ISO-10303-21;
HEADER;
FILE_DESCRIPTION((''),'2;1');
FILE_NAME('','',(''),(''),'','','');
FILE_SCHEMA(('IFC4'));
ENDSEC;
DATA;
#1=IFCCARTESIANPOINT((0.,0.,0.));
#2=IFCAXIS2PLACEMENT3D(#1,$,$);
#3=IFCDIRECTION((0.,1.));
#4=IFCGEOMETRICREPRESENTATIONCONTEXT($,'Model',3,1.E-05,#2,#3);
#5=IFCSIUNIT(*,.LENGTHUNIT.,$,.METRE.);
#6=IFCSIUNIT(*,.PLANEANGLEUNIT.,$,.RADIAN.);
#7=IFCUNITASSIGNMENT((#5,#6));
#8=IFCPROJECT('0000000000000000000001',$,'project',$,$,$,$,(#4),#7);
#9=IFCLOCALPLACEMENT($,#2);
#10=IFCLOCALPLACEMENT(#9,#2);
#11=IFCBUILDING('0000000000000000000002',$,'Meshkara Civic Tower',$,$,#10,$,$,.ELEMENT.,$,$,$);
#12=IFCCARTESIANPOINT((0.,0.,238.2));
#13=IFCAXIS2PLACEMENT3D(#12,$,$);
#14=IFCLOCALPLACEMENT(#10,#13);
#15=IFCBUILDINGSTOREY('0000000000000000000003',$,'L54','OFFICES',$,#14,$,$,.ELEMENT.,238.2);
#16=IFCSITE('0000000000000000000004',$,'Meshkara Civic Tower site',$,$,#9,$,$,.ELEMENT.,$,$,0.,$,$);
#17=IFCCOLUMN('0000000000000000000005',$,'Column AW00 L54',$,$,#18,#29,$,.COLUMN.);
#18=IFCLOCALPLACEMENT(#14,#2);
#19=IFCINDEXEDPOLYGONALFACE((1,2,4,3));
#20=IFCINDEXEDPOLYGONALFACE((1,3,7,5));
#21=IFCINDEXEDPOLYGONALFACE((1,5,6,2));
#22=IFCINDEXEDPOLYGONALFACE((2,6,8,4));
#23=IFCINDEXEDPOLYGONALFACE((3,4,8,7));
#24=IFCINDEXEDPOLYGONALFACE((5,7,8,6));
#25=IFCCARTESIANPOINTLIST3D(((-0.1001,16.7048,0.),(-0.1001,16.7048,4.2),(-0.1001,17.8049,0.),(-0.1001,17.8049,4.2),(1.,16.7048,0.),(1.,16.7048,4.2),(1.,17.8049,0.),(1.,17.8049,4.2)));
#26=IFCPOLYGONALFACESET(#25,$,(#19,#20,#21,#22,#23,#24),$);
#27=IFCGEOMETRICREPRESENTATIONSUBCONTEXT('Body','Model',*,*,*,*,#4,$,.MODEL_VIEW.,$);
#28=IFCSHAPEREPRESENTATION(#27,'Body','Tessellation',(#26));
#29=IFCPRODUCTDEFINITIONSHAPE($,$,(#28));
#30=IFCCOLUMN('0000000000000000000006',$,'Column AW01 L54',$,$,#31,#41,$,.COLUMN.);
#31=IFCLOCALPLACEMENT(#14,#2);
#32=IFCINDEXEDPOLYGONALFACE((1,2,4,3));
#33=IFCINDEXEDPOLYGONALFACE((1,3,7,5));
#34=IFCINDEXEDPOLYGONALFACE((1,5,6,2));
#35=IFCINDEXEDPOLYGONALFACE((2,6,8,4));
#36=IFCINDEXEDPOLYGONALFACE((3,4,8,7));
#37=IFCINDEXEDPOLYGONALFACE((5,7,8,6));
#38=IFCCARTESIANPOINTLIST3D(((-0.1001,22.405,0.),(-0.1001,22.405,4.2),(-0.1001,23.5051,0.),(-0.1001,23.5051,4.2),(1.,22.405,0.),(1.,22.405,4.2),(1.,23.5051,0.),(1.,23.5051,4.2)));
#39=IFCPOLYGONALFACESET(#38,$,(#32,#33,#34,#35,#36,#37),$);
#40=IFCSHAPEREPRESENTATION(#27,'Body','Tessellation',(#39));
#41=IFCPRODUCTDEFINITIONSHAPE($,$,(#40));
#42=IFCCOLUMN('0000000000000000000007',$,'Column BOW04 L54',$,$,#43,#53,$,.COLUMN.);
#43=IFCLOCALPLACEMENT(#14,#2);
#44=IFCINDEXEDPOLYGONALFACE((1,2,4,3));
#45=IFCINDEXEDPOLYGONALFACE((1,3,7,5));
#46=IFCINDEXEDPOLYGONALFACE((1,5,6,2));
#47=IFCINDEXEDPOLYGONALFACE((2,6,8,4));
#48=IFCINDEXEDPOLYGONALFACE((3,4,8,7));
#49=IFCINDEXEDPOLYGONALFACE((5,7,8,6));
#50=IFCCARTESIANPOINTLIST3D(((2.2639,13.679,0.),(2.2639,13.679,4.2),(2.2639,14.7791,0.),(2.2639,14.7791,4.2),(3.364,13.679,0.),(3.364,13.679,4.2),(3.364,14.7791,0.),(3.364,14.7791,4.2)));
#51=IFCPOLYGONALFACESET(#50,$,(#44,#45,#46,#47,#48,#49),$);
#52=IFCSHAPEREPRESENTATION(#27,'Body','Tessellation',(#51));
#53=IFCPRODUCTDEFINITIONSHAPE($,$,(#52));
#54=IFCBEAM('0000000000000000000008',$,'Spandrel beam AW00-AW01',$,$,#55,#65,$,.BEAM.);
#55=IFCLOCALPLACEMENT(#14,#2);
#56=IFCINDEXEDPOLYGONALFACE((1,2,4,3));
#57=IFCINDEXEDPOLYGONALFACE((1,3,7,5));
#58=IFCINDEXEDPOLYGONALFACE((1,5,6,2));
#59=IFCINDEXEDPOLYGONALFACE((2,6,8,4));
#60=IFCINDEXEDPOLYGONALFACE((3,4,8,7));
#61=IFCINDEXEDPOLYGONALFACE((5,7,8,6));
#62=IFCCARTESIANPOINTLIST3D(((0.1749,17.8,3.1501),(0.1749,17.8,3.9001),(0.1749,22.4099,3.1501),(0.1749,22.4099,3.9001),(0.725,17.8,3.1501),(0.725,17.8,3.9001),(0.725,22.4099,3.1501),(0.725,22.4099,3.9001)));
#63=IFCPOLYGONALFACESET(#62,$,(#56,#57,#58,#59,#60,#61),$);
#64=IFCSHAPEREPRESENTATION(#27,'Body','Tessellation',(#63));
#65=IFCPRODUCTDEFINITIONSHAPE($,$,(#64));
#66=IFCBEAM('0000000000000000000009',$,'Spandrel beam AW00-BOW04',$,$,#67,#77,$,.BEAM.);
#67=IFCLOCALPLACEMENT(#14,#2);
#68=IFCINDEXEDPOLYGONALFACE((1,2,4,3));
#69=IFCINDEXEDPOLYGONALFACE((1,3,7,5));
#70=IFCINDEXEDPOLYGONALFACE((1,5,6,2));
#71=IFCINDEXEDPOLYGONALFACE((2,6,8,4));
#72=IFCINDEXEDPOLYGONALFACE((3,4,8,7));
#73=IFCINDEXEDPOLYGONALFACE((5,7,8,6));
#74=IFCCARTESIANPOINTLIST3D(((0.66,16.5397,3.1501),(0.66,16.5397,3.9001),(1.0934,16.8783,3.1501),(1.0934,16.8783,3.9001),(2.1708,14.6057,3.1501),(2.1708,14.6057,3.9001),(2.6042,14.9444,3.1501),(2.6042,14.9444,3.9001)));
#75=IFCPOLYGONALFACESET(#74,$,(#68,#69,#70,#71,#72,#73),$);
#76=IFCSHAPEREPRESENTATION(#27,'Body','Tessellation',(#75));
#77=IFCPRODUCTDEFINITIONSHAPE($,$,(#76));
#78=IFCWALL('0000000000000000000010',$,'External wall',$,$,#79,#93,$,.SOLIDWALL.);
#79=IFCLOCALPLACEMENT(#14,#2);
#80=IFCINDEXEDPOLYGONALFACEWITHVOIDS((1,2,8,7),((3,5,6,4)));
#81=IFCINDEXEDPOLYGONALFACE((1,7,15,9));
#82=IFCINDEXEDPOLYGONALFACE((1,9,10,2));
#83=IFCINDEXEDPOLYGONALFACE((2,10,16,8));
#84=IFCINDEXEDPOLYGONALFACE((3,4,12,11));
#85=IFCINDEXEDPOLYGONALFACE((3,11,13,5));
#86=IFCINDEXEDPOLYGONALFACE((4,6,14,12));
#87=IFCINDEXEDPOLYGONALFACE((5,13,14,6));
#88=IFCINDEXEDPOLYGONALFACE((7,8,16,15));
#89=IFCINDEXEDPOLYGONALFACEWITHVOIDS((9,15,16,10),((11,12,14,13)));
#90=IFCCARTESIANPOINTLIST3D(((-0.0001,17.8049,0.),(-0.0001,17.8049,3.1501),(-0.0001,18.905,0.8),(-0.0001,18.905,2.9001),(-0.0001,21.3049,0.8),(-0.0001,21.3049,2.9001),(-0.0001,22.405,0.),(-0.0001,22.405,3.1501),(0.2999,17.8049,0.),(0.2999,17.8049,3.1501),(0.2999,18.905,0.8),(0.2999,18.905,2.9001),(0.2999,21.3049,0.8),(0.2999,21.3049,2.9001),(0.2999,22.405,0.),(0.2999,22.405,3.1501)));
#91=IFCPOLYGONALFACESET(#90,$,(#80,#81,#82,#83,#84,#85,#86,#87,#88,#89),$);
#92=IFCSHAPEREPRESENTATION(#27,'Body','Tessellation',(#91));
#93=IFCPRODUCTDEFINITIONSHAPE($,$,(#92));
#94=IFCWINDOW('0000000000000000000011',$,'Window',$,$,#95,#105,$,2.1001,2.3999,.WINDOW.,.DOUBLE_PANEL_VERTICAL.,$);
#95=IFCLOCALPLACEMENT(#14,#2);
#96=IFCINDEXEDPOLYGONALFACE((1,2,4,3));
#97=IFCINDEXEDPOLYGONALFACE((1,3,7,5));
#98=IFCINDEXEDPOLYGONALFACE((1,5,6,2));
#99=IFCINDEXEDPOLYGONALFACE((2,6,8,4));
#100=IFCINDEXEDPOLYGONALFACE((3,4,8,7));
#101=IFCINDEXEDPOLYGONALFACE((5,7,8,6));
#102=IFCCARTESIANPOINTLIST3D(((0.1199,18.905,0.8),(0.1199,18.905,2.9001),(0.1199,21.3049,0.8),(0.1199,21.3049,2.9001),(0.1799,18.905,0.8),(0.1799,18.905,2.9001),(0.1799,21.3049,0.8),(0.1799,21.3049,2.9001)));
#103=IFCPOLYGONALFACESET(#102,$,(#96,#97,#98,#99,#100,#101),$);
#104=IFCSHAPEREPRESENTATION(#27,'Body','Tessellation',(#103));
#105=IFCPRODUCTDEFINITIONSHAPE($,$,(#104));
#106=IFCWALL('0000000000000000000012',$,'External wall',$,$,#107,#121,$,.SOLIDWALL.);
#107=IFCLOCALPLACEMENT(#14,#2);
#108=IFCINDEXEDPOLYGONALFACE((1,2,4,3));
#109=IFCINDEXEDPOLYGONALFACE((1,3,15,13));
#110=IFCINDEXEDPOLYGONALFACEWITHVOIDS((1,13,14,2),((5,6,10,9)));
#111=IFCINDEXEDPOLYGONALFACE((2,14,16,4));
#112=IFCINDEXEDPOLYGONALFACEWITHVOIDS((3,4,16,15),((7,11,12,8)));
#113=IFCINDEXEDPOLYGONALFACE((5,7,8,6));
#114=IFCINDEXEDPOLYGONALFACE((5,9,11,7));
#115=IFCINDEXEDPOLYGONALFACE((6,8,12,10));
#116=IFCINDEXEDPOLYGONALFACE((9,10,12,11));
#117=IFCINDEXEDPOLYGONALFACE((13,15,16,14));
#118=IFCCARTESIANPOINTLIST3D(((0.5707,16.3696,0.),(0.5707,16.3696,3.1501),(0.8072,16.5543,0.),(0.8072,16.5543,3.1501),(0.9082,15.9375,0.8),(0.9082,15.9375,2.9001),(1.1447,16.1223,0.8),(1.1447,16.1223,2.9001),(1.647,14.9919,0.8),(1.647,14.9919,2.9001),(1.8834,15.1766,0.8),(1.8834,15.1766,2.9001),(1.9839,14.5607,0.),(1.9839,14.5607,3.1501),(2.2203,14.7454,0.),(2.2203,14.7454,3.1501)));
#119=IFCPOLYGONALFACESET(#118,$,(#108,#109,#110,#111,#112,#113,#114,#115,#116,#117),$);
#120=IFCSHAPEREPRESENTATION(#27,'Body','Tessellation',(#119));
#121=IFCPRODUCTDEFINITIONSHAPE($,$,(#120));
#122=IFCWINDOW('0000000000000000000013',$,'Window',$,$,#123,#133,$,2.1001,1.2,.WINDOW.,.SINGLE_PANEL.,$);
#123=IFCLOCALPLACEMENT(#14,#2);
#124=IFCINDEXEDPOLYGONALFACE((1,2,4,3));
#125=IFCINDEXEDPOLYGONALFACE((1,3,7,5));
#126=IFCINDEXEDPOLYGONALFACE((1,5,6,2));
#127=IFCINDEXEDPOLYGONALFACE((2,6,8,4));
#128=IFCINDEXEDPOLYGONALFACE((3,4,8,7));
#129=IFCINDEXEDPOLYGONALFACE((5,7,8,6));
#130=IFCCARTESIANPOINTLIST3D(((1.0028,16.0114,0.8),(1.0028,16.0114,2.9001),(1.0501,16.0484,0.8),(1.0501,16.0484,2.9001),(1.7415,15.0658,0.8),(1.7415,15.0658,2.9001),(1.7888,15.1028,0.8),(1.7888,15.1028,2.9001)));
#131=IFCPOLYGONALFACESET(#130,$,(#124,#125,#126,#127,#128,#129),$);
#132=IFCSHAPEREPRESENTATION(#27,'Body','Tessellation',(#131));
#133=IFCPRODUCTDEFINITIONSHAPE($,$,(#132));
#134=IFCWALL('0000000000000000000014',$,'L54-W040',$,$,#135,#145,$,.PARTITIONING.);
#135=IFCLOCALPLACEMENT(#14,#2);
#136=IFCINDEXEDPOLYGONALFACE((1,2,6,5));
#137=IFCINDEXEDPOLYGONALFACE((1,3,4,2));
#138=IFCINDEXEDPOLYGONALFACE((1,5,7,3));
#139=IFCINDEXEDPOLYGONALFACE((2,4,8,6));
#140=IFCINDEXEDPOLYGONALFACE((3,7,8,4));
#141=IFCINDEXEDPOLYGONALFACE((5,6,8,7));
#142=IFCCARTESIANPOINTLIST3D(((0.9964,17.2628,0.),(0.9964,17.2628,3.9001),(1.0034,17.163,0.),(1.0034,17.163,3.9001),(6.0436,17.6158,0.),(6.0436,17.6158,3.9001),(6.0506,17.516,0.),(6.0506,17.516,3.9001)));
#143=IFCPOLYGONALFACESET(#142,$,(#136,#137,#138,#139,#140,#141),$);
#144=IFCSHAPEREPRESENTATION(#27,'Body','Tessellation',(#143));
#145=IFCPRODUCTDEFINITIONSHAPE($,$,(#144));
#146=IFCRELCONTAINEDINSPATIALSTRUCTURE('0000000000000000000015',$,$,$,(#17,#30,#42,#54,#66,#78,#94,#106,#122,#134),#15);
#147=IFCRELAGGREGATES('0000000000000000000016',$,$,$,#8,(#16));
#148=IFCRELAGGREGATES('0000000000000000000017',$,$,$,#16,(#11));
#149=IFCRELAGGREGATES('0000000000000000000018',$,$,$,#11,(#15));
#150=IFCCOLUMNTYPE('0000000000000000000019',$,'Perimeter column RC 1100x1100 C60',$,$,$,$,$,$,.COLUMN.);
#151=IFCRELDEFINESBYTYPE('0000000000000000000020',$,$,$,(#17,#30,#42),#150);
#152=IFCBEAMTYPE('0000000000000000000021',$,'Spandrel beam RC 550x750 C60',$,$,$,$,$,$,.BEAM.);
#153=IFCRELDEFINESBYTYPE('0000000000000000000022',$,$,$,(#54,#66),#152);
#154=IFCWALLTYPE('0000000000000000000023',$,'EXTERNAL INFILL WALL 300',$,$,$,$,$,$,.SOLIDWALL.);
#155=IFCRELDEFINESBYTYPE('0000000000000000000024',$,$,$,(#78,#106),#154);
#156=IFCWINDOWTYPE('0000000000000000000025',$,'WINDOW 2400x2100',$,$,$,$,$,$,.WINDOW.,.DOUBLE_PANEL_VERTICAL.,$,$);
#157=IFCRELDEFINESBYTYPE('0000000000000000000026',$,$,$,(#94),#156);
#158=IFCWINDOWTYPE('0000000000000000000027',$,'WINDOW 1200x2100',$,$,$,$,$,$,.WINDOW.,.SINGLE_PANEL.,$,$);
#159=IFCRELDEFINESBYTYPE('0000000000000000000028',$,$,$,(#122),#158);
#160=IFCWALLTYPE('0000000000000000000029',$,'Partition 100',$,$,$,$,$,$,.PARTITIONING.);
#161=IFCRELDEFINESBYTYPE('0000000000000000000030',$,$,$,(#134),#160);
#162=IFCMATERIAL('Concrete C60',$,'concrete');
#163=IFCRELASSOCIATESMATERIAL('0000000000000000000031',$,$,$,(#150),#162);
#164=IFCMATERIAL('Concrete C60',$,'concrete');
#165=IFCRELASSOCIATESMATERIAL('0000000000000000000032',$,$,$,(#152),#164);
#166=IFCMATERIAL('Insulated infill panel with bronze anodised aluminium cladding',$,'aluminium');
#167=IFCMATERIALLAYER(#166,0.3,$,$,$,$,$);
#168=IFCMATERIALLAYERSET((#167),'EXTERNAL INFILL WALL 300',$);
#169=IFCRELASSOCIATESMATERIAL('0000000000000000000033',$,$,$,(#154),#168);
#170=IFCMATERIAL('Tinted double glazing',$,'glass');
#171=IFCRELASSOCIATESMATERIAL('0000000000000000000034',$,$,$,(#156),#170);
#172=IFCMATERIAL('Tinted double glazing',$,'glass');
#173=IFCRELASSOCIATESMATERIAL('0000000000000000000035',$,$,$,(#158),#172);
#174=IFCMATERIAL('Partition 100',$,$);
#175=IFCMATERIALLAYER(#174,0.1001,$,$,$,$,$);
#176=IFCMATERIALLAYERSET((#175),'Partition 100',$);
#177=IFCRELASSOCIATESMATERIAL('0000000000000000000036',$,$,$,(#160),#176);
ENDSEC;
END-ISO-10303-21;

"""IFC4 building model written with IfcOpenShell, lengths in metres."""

from ifc_helpers import new_model, si_unit, direction, frame, frame_2d, origin, origin_2d, place, context, subcontext, project, spatial, rectangle, extrude, material, layer, layer_set, material_profile, profile_set, type_object, element, fill, save


model = new_model("IFC4")

# Units and contexts
model_context = context("Model", 3, precision=1e-05, world=origin(), true_north=direction((0.0, 1.0)))
body_context = subcontext(model_context, "Body", "Model", "MODEL_VIEW")
ifc_project = project(units=[si_unit("LENGTHUNIT", "METRE"), si_unit("PLANEANGLEUNIT", "RADIAN")], contexts=[model_context])

# Site, building, storey
site_placement = place(None, origin())
site = spatial("IfcSite", under=ifc_project, at=site_placement, Name="Meshkara Civic Tower site", CompositionType="ELEMENT", RefElevation=0.0)
building_placement = place(site_placement, origin())
building = spatial("IfcBuilding", under=site, at=building_placement, Name="Meshkara Civic Tower", CompositionType="ELEMENT")
storey_placement = place(building_placement, frame((0.0, 0.0, 238.2)))
storey = spatial("IfcBuildingStorey", under=building, at=storey_placement, Name="L54", Description="OFFICES", CompositionType="ELEMENT", Elevation=238.2)

# Columns
ifc_material_1 = material(Name="Concrete C60", Category="concrete")
ifc_material_profile_1 = material_profile(ifc_material_1, rectangle(XDim=1.1001, YDim=1.1001, at=origin_2d()))
ifc_profile_set_1 = profile_set([ifc_material_profile_1], Name="Concrete C60")
column_type = type_object("IfcColumnType", Name="Perimeter column RC 1100x1100 C60", PredefinedType="COLUMN", material=ifc_profile_set_1)
for number, where, z_axis, x_axis, name in (
    (1, (0.45, 17.2549, 0.0), (0.0, 0.0, 1.0), (1.0, 0.0, 0.0), "Column AW00 L54"),
    (2, (0.45, 22.9551, 0.0), (0.0, 0.0, 1.0), (1.0, 0.0, 0.0), "Column AW01 L54"),
    (3, (2.814, 14.229, 0.0), (0.0, 0.0, 1.0), (1.0, 0.0, 0.0), "Column BOW04 L54"),
):
    element("IfcColumn", number, at=place(storey_placement, frame(where, z_axis=z_axis, x_axis=x_axis)), inside=storey, type_object=column_type, Name=name, PredefinedType="COLUMN", context=body_context, shape_type="SweptSolid", body=[
        extrude(rectangle(XDim=1.1001, YDim=1.1001, at=origin_2d()), origin(), (0.0, 0.0, 1.0), 4.2),
    ])

# Beams
ifc_material_2 = material(Name="Concrete C60", Category="concrete")
ifc_material_profile_2 = material_profile(ifc_material_2, rectangle(XDim=0.55, YDim=0.75, at=origin_2d()))
ifc_profile_set_2 = profile_set([ifc_material_profile_2], Name="Concrete C60")
beam_type = type_object("IfcBeamType", Name="Spandrel beam RC 550x750 C60", PredefinedType="BEAM", material=ifc_profile_set_2)
beam_1_placement = place(storey_placement, frame((0.45, 22.4099, 3.5251), z_axis=(0.0, -1.0, 0.0), x_axis=(1.0, 0.0, 0.0)))
element("IfcBeam", 4, at=beam_1_placement, inside=storey, type_object=beam_type, Name="Spandrel beam AW00-AW01", PredefinedType="BEAM", context=body_context, shape_type="SweptSolid", body=[
    extrude(rectangle(XDim=0.55, YDim=0.75, at=origin_2d()), origin(), (0.0, 0.0, 1.0), 4.6099),
])
beam_2_placement = place(storey_placement, frame((0.8767, 16.709, 3.5251), z_axis=(0.615627, -0.788038, 0.0), x_axis=(0.788038, 0.615627, 0.0)))
element("IfcBeam", 5, at=beam_2_placement, inside=storey, type_object=beam_type, Name="Spandrel beam AW00-BOW04", PredefinedType="BEAM", context=body_context, shape_type="SweptSolid", body=[
    extrude(rectangle(XDim=0.55, YDim=0.75, at=origin_2d()), origin(), (0.0, 0.0, 1.0), 2.4541),
])

# Walls, openings, windows
ifc_material_3 = material(Name="Insulated infill panel with bronze anodised aluminium cladding", Category="aluminium")
ifc_layer_1 = layer(ifc_material_3, 0.3)
ifc_layer_set_1 = layer_set([ifc_layer_1], Name="EXTERNAL INFILL WALL 300")
wall_type_1 = type_object("IfcWallType", Name="EXTERNAL INFILL WALL 300", PredefinedType="SOLIDWALL", material=ifc_layer_set_1)
wall_1_placement = place(storey_placement, frame((0.1499, 22.405, 0.0), z_axis=(0.0, 0.0, 1.0), x_axis=(0.0, -1.0, 0.0)))
wall_1 = element("IfcWall", 6, at=wall_1_placement, inside=storey, type_object=wall_type_1, Name="External wall", PredefinedType="SOLIDWALL", context=body_context, shape_type="SweptSolid", body=[
    extrude(rectangle(XDim=4.6001, YDim=0.3, at=frame_2d((2.3, 0.0))), origin(), (0.0, 0.0, 1.0), 3.1501),
])
opening_1_placement = place(wall_1_placement, frame((1.1001, 0.0, 0.8)))
opening_1 = element("IfcOpeningElement", 7, at=opening_1_placement, cuts=wall_1, PredefinedType="OPENING", context=body_context, shape_type="SweptSolid", body=[
    extrude(rectangle(XDim=2.3999, YDim=2.1001, at=frame_2d((1.2, 1.05))), frame((0.0, 0.1599, 0.0), z_axis=(0.0, -1.0, 0.0), x_axis=(1.0, 0.0, 0.0)), (0.0, 0.0, 1.0), 0.3201),
])
ifc_material_4 = material(Name="Tinted double glazing", Category="glass")
window_type_1 = type_object("IfcWindowType", Name="WINDOW 2400x2100", PartitioningType="DOUBLE_PANEL_VERTICAL", PredefinedType="WINDOW", material=ifc_material_4)
window_1_placement = place(opening_1_placement, origin())
window_1 = element("IfcWindow", 8, at=window_1_placement, inside=storey, type_object=window_type_1, Name="Window", OverallHeight=2.1001, OverallWidth=2.3999, PartitioningType="DOUBLE_PANEL_VERTICAL", PredefinedType="WINDOW", context=body_context, shape_type="SweptSolid", body=[
    extrude(rectangle(XDim=2.3999, YDim=2.1001, at=frame_2d((1.2, 1.05))), frame((0.0, 0.03, 0.0), z_axis=(0.0, -1.0, 0.0), x_axis=(1.0, 0.0, 0.0)), (0.0, 0.0, 1.0), 0.0601),
])
fill(opening_1, window_1)
wall_2_placement = place(storey_placement, frame((0.689, 16.4619, 0.0), z_axis=(0.0, 0.0, 1.0), x_axis=(0.615625, -0.788039, 0.0)))
wall_2 = element("IfcWall", 9, at=wall_2_placement, inside=storey, type_object=wall_type_1, Name="External wall", PredefinedType="SOLIDWALL", context=body_context, shape_type="SweptSolid", body=[
    extrude(rectangle(XDim=2.2954, YDim=0.3, at=frame_2d((1.1477, 0.0))), origin(), (0.0, 0.0, 1.0), 3.1501),
])
opening_2_placement = place(wall_2_placement, frame((0.5481, 0.0, 0.8)))
opening_2 = element("IfcOpeningElement", 10, at=opening_2_placement, cuts=wall_2, PredefinedType="OPENING", context=body_context, shape_type="SweptSolid", body=[
    extrude(rectangle(XDim=1.2, YDim=2.1001, at=frame_2d((0.6001, 1.05))), frame((0.0, 0.1599, 0.0), z_axis=(0.0, -1.0, 0.0), x_axis=(1.0, 0.0, 0.0)), (0.0, 0.0, 1.0), 0.3201),
])
ifc_material_5 = material(Name="Tinted double glazing", Category="glass")
window_type_2 = type_object("IfcWindowType", Name="WINDOW 1200x2100", PartitioningType="SINGLE_PANEL", PredefinedType="WINDOW", material=ifc_material_5)
window_2_placement = place(opening_2_placement, origin())
window_2 = element("IfcWindow", 11, at=window_2_placement, inside=storey, type_object=window_type_2, Name="Window", OverallHeight=2.1001, OverallWidth=1.2, PartitioningType="SINGLE_PANEL", PredefinedType="WINDOW", context=body_context, shape_type="SweptSolid", body=[
    extrude(rectangle(XDim=1.2, YDim=2.1001, at=frame_2d((0.6001, 1.05))), frame((0.0, 0.03, 0.0), z_axis=(0.0, -1.0, 0.0), x_axis=(1.0, 0.0, 0.0)), (0.0, 0.0, 1.0), 0.0601),
])
fill(opening_2, window_2)

# Wall
ifc_material_6 = material(Name="Partition 100")
ifc_layer_2 = layer(ifc_material_6, 0.1001)
ifc_layer_set_2 = layer_set([ifc_layer_2], Name="Partition 100")
wall_type_2 = type_object("IfcWallType", Name="Partition 100", PredefinedType="PARTITIONING", material=ifc_layer_set_2)
wall_3_placement = place(storey_placement, frame((6.0471, 17.5659, 0.0), z_axis=(0.0, 0.0, 1.0), x_axis=(-0.997563, -0.069776, 0.0)))
element("IfcWall", 12, at=wall_3_placement, inside=storey, type_object=wall_type_2, Name="L54-W040", PredefinedType="PARTITIONING", context=body_context, shape_type="SweptSolid", body=[
    extrude(rectangle(XDim=5.0596, YDim=0.1001, at=frame_2d((2.5298, 0.0))), origin(), (0.0, 0.0, 1.0), 3.9001),
])

save(model, "model.ifc")
